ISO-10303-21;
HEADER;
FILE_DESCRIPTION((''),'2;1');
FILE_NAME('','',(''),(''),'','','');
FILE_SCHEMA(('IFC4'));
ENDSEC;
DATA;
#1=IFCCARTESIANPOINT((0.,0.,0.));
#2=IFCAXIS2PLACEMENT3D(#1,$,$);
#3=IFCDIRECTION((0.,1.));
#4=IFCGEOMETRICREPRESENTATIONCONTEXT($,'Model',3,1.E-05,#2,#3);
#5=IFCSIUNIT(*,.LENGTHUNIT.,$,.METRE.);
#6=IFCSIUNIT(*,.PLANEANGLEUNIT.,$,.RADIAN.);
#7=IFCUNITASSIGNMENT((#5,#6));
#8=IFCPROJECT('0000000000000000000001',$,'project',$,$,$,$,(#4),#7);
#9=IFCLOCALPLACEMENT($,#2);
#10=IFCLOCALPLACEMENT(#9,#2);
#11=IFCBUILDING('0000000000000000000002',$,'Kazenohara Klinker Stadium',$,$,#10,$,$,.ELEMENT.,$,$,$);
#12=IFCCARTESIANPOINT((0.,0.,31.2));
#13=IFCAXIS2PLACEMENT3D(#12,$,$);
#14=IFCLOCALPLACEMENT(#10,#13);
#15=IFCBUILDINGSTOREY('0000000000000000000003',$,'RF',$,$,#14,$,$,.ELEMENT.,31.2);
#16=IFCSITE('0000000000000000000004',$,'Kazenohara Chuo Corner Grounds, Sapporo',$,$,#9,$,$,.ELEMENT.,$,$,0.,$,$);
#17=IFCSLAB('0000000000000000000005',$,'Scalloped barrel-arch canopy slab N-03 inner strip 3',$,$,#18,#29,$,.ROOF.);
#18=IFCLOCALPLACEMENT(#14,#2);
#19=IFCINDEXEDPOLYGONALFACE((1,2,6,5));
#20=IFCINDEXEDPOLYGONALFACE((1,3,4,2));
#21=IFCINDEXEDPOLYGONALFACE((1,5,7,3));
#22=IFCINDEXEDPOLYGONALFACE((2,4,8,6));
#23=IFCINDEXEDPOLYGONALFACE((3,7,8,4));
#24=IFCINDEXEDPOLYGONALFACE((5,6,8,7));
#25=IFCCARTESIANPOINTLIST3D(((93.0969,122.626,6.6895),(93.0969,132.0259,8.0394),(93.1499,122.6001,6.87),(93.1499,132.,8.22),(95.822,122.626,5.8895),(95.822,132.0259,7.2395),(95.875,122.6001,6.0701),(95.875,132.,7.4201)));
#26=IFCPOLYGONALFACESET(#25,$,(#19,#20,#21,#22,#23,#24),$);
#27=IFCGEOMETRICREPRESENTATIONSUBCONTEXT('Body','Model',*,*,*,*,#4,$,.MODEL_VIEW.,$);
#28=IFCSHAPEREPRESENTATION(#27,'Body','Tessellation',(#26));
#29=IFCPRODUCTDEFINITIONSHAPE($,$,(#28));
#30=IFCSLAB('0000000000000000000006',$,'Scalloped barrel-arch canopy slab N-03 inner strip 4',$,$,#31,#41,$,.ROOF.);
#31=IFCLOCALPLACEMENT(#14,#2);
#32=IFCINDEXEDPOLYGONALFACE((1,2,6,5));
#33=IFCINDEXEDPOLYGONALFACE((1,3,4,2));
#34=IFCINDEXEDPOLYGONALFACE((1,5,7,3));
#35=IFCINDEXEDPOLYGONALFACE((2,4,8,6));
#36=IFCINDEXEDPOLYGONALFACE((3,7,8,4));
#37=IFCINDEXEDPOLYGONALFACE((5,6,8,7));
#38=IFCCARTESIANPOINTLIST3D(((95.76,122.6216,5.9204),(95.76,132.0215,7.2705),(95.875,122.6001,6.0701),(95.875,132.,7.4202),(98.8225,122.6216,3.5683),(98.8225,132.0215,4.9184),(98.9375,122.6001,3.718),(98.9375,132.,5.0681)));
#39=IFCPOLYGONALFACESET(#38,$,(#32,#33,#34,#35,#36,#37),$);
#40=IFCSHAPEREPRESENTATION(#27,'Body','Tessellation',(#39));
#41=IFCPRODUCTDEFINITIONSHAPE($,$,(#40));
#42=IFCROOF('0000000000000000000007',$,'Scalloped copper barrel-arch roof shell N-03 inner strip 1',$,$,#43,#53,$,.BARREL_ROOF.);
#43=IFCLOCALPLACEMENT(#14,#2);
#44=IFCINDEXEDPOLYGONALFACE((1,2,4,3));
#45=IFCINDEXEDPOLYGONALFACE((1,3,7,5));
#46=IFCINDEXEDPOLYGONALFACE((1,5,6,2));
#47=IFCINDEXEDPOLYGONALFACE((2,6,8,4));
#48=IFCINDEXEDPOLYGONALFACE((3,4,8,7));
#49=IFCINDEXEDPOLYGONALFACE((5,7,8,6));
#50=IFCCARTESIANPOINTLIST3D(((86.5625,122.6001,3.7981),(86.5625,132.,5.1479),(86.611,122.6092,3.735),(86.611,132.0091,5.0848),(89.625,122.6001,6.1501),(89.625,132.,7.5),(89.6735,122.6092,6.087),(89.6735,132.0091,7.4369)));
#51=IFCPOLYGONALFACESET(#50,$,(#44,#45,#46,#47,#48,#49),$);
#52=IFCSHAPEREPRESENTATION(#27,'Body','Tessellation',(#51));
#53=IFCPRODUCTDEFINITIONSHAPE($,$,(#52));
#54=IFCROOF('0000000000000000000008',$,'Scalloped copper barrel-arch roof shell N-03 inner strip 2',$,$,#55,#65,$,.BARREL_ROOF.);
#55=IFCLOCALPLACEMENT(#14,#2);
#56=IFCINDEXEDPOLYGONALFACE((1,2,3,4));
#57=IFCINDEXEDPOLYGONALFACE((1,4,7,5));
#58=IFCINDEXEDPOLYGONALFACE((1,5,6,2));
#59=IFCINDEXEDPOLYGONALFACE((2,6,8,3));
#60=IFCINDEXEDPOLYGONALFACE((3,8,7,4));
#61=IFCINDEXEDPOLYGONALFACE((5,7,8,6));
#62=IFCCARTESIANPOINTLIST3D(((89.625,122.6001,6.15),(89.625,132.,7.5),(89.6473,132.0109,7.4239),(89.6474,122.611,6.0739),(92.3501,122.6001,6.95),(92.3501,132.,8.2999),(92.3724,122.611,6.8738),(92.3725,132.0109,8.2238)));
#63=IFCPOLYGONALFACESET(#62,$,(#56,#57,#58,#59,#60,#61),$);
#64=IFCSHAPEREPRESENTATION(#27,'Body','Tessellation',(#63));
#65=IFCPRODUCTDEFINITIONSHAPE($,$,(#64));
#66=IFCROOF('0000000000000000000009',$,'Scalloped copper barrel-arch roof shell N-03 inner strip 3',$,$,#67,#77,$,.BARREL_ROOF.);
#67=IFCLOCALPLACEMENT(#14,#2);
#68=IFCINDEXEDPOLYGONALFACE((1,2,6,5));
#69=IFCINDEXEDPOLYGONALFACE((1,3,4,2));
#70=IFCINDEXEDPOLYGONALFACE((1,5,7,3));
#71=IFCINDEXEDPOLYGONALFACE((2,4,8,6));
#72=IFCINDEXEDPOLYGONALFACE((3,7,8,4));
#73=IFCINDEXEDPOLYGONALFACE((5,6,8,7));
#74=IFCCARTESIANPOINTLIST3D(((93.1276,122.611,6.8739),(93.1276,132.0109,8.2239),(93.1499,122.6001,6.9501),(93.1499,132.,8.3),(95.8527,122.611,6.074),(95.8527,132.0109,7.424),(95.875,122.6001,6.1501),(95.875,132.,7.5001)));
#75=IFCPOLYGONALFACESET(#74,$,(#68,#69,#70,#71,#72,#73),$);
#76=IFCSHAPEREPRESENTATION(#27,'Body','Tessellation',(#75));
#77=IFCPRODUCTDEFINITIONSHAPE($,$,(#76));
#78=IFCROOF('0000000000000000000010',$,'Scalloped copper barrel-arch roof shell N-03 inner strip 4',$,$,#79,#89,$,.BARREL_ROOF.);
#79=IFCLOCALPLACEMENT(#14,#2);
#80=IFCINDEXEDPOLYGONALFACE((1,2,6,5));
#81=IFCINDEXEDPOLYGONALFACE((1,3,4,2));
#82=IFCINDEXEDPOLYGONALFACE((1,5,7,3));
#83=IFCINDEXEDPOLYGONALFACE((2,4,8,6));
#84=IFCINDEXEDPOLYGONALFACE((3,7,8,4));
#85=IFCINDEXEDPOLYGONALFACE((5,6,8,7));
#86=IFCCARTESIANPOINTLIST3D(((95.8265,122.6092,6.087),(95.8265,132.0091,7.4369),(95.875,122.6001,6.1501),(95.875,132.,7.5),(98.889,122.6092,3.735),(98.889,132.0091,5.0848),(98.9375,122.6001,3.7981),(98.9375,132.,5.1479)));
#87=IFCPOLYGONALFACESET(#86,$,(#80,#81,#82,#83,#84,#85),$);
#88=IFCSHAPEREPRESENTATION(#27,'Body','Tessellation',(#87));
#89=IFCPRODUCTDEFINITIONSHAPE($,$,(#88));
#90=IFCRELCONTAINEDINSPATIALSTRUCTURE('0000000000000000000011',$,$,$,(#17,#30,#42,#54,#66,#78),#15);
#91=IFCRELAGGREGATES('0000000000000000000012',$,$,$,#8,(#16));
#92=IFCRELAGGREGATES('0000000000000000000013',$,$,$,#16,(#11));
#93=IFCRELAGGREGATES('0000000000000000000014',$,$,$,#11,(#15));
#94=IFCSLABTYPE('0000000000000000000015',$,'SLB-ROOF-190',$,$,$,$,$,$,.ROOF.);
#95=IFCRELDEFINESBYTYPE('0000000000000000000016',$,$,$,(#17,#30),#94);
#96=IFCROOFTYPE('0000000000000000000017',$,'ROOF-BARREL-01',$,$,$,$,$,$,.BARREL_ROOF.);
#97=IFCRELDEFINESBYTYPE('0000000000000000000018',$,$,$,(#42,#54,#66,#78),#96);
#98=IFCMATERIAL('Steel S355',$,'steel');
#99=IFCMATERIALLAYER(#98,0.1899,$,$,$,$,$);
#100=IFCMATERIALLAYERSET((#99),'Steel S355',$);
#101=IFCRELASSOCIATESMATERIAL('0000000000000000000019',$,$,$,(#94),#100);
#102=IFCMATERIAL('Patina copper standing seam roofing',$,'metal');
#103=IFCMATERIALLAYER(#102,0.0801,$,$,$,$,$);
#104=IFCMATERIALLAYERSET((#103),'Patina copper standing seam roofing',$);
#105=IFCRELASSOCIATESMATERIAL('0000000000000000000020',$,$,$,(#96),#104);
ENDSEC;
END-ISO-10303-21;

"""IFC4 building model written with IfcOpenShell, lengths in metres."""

from ifc_helpers import new_model, si_unit, direction, frame, origin, place, context, subcontext, project, spatial, polyline, outline, extrude, material, layer, layer_set, type_object, element, save


model = new_model("IFC4")

# Units and contexts
model_context = context("Model", 3, precision=1e-05, world=origin(), true_north=direction((0.0, 1.0)))
body_context = subcontext(model_context, "Body", "Model", "MODEL_VIEW")
ifc_project = project(units=[si_unit("LENGTHUNIT", "METRE"), si_unit("PLANEANGLEUNIT", "RADIAN")], contexts=[model_context])

# Site, building, storey
site_placement = place(None, origin())
site = spatial("IfcSite", under=ifc_project, at=site_placement, Name="Kazenohara Chuo Corner Grounds, Sapporo", CompositionType="ELEMENT", RefElevation=0.0)
building_placement = place(site_placement, origin())
building = spatial("IfcBuilding", under=site, at=building_placement, Name="Kazenohara Klinker Stadium", CompositionType="ELEMENT")
storey_placement = place(building_placement, frame((0.0, 0.0, 31.2)))
storey = spatial("IfcBuildingStorey", under=building, at=storey_placement, Name="RF", CompositionType="ELEMENT", Elevation=31.2)

# Shared definitions
ifc_material_1 = material(Name="Steel S355", Category="steel")

# Slabs
ifc_layer_1 = layer(ifc_material_1, 0.1899)
ifc_layer_set_1 = layer_set([ifc_layer_1], Name="Steel S355")
slab_type = type_object("IfcSlabType", Name="SLB-ROOF-190", PredefinedType="ROOF", material=ifc_layer_set_1)
slab_1_placement = place(storey_placement, frame((93.1499, 132.0, 8.22), z_axis=(0.27902, -0.136512, 0.950533), x_axis=(-0.000003, -0.989844, -0.142156)))
element("IfcSlab", 1, at=slab_1_placement, inside=storey, type_object=slab_type, Name="Scalloped barrel-arch canopy slab N-03 inner strip 3", PredefinedType="ROOF", context=body_context, shape_type="SweptSolid", body=[
    extrude(outline(polyline([(0.0, 0.0), (9.4963, 0.0), (9.6101, 2.8378), (0.1137, 2.8378), (0.0, 0.0)])), origin(), (0.0, 0.0, -1.0), 0.1899),
])
slab_2_placement = place(storey_placement, frame((95.875, 132.0, 7.4202), z_axis=(0.605192, -0.113179, 0.787993), x_axis=(0.0, -0.989842, -0.14217)))
element("IfcSlab", 2, at=slab_2_placement, inside=storey, type_object=slab_type, Name="Scalloped barrel-arch canopy slab N-03 inner strip 4", PredefinedType="ROOF", context=body_context, shape_type="SweptSolid", body=[
    extrude(outline(polyline([(0.0, 0.0), (9.4964, 0.0), (9.8308, 3.847), (0.3344, 3.847), (0.0, 0.0)])), origin(), (0.0, 0.0, -1.0), 0.1899),
])

# Roofs
ifc_material_2 = material(Name="Patina copper standing seam roofing", Category="metal")
ifc_layer_2 = layer(ifc_material_2, 0.0801)
ifc_layer_set_2 = layer_set([ifc_layer_2], Name="Patina copper standing seam roofing")
roof_type = type_object("IfcRoofType", Name="ROOF-BARREL-01", PredefinedType="BARREL_ROOF", material=ifc_layer_set_2)
roof_1_placement = place(storey_placement, frame((86.5625, 132.0, 5.1479), z_axis=(-0.605193, -0.113158, 0.787995), x_axis=(0.0, -0.989846, -0.142145)))
element("IfcRoof", 3, at=roof_1_placement, inside=storey, type_object=roof_type, Name="Scalloped copper barrel-arch roof shell N-03 inner strip 1", PredefinedType="BARREL_ROOF", context=body_context, shape_type="SweptSolid", body=[
    extrude(outline(polyline([(0.0, 0.0), (9.4963, 0.0), (9.162, 3.847), (-0.3343, 3.847), (0.0, 0.0)])), origin(), (0.0, 0.0, -1.0), 0.0801),
])
roof_2_placement = place(storey_placement, frame((89.625, 132.0, 7.5), z_axis=(-0.27902, -0.136512, 0.950533), x_axis=(0.000003, -0.989844, -0.142156)))
element("IfcRoof", 4, at=roof_2_placement, inside=storey, type_object=roof_type, Name="Scalloped copper barrel-arch roof shell N-03 inner strip 2", PredefinedType="BARREL_ROOF", context=body_context, shape_type="SweptSolid", body=[
    extrude(outline(polyline([(0.0, 0.0), (9.4963, 0.0), (9.3826, 2.8378), (-0.1137, 2.8378), (0.0, 0.0)])), origin(), (0.0, 0.0, -1.0), 0.0801),
])
roof_3_placement = place(storey_placement, frame((93.1499, 132.0, 8.3), z_axis=(0.27902, -0.136512, 0.950533), x_axis=(0.000003, -0.989844, -0.142158)))
element("IfcRoof", 5, at=roof_3_placement, inside=storey, type_object=roof_type, Name="Scalloped copper barrel-arch roof shell N-03 inner strip 3", PredefinedType="BARREL_ROOF", context=body_context, shape_type="SweptSolid", body=[
    extrude(outline(polyline([(0.0, 0.0), (9.4964, 0.0), (9.6101, 2.8378), (0.1137, 2.8378), (0.0, 0.0)])), origin(), (0.0, 0.0, -1.0), 0.0801),
])
roof_4_placement = place(storey_placement, frame((95.875, 132.0, 7.5), z_axis=(0.605193, -0.113158, 0.787995), x_axis=(0.0, -0.989846, -0.142145)))
element("IfcRoof", 6, at=roof_4_placement, inside=storey, type_object=roof_type, Name="Scalloped copper barrel-arch roof shell N-03 inner strip 4", PredefinedType="BARREL_ROOF", context=body_context, shape_type="SweptSolid", body=[
    extrude(outline(polyline([(0.0, 0.0), (9.4963, 0.0), (9.8307, 3.847), (0.3343, 3.847), (0.0, 0.0)])), origin(), (0.0, 0.0, -1.0), 0.0801),
])

save(model, "model.ifc")
